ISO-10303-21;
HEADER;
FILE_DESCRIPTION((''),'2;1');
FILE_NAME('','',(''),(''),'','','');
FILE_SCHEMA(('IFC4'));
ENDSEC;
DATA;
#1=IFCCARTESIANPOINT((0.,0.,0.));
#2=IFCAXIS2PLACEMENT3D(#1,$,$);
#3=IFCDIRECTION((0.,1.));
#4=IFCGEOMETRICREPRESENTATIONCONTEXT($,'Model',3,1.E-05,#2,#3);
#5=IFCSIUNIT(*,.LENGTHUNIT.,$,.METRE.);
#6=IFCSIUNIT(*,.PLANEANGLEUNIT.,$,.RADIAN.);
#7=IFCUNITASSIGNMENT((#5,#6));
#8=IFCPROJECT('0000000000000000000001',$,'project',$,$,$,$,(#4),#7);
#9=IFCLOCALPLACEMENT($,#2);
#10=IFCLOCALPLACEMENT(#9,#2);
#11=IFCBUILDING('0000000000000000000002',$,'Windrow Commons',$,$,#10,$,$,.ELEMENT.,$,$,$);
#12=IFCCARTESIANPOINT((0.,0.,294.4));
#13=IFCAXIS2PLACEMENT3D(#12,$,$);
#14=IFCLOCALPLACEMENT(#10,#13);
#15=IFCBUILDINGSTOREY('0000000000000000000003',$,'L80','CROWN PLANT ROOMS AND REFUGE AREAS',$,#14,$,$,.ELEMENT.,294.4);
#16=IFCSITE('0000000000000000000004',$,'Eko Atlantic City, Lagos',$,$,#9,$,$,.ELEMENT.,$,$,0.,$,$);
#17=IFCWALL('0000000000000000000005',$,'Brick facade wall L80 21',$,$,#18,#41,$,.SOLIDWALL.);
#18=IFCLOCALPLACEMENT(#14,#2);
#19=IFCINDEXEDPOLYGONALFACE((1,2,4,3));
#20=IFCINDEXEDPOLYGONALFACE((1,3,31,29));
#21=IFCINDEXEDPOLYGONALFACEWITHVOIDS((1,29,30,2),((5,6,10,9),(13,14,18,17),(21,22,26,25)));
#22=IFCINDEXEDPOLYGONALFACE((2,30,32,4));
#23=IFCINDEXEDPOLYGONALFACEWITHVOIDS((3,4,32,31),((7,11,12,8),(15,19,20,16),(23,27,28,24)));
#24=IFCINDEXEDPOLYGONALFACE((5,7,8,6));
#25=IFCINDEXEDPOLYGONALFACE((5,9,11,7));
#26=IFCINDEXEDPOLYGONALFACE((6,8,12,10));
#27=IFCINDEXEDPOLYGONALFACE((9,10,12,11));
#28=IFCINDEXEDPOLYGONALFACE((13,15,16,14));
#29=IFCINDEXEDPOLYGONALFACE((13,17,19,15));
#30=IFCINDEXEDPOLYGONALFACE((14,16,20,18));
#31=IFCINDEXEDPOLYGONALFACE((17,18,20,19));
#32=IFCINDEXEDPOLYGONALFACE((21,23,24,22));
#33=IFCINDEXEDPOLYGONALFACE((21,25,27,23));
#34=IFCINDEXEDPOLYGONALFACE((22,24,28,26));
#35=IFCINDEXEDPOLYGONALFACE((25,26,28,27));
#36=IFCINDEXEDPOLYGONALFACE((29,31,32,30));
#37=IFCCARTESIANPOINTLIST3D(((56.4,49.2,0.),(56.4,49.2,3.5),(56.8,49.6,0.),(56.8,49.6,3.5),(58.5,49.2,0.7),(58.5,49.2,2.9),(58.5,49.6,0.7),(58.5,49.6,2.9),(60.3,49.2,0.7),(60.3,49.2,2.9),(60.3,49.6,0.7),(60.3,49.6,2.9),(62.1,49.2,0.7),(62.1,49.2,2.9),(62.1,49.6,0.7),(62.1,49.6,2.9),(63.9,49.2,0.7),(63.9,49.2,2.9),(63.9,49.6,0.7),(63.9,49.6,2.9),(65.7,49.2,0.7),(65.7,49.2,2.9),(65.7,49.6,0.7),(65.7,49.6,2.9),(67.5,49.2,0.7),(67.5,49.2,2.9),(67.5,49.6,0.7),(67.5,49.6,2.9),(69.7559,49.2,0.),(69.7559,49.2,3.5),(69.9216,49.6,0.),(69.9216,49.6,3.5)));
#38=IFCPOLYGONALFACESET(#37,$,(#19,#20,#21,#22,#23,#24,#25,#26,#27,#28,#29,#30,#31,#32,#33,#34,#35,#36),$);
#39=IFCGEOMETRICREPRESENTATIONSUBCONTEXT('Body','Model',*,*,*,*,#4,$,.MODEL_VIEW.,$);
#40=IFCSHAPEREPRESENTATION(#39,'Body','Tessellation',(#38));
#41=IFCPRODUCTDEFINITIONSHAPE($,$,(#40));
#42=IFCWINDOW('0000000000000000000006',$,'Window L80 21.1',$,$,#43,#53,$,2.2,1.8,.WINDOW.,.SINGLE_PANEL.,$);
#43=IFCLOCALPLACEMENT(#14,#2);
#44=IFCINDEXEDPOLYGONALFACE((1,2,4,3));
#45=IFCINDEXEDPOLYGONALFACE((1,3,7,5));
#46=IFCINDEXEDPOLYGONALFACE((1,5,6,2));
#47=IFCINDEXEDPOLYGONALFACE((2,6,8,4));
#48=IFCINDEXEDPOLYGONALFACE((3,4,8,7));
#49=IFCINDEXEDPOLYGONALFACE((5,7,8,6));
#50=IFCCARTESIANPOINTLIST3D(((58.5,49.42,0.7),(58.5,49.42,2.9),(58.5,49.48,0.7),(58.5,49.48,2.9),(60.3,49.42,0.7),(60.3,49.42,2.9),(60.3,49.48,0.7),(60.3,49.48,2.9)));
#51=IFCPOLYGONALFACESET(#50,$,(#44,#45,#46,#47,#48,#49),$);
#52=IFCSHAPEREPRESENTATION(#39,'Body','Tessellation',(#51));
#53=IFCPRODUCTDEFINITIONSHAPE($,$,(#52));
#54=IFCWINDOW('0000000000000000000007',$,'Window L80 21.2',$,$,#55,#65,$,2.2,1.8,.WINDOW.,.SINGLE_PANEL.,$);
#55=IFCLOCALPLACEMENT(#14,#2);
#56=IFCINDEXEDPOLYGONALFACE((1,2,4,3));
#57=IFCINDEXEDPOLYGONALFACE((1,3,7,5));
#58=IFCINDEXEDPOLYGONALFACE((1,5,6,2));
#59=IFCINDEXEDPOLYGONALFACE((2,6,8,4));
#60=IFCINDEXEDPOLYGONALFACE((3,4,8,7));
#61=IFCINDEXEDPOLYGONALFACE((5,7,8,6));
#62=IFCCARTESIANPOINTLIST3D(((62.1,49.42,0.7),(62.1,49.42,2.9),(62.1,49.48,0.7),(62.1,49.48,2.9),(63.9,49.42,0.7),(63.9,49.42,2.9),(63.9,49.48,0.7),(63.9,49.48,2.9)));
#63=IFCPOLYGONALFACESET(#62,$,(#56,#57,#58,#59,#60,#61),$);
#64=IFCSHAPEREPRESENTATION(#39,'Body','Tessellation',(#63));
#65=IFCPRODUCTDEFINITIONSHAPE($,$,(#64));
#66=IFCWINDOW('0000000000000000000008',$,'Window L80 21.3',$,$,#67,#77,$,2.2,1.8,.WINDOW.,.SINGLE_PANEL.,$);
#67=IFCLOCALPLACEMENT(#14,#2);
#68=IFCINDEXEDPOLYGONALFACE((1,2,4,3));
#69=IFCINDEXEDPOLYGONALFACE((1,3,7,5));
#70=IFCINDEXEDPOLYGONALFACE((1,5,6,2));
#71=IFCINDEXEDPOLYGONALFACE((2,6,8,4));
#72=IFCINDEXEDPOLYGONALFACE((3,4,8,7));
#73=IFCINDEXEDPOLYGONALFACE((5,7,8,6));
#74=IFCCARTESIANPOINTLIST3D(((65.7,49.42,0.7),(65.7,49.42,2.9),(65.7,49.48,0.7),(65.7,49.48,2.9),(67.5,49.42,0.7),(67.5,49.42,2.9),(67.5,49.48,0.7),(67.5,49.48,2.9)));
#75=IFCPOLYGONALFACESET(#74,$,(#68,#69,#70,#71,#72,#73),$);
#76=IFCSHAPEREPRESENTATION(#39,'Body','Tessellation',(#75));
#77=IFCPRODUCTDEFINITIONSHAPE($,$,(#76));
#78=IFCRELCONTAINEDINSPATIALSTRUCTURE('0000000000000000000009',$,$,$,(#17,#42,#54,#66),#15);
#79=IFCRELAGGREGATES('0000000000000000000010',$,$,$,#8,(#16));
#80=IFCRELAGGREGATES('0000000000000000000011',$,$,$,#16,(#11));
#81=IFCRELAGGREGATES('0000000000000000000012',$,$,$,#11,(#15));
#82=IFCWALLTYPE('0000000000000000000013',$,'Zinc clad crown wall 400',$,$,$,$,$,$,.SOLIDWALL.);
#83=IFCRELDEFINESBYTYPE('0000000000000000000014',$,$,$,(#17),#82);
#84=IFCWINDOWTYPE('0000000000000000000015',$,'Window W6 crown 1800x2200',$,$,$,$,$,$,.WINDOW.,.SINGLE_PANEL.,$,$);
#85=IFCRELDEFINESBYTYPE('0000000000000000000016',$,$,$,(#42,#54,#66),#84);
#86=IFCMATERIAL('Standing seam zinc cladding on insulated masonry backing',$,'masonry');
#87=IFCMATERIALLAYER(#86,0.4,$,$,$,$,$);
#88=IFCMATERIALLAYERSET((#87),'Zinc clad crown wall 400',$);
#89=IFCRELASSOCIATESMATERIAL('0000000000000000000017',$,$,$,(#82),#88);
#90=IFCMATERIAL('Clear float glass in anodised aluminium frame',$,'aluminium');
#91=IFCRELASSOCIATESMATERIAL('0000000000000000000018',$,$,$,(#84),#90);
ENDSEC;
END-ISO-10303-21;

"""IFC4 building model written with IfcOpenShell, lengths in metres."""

from ifc_helpers import new_model, si_unit, direction, frame, frame_2d, origin, place, context, subcontext, project, spatial, polyline, rectangle, outline, extrude, material, layer, layer_set, type_object, element, fill, save


model = new_model("IFC4")

# Units and contexts
model_context = context("Model", 3, precision=1e-05, world=origin(), true_north=direction((0.0, 1.0)))
body_context = subcontext(model_context, "Body", "Model", "MODEL_VIEW")
ifc_project = project(units=[si_unit("LENGTHUNIT", "METRE"), si_unit("PLANEANGLEUNIT", "RADIAN")], contexts=[model_context])

# Site, building, storey
site_placement = place(None, origin())
site = spatial("IfcSite", under=ifc_project, at=site_placement, Name="Eko Atlantic City, Lagos", CompositionType="ELEMENT", RefElevation=0.0)
building_placement = place(site_placement, origin())
building = spatial("IfcBuilding", under=site, at=building_placement, Name="Windrow Commons", CompositionType="ELEMENT")
storey_placement = place(building_placement, frame((0.0, 0.0, 294.4)))
storey = spatial("IfcBuildingStorey", under=building, at=storey_placement, Name="L80", Description="CROWN PLANT ROOMS AND REFUGE AREAS", CompositionType="ELEMENT", Elevation=294.4)

# Wall, openings, windows
ifc_material_1 = material(Name="Standing seam zinc cladding on insulated masonry backing", Category="masonry")
ifc_layer_1 = layer(ifc_material_1, 0.4)
ifc_layer_set_1 = layer_set([ifc_layer_1], Name="Zinc clad crown wall 400")
wall_type_1 = type_object("IfcWallType", Name="Zinc clad crown wall 400", PredefinedType="SOLIDWALL", material=ifc_layer_set_1)
ifc_material_2 = material(Name="Clear float glass in anodised aluminium frame", Category="aluminium")
window_type = type_object("IfcWindowType", Name="Window W6 crown 1800x2200", PartitioningType="SINGLE_PANEL", PredefinedType="WINDOW", material=ifc_material_2)
wall_1_placement = place(storey_placement, frame((56.6, 49.4, 0.0), z_axis=(0.0, 0.0, 1.0), x_axis=(1.0, 0.0, 0.0)))
wall_1 = element("IfcWall", 1, at=wall_1_placement, inside=storey, type_object=wall_type_1, Name="Brick facade wall L80 21", PredefinedType="SOLIDWALL", context=body_context, shape_type="SweptSolid", body=[
    extrude(outline(polyline([(-0.2, -0.2), (13.1559, -0.2), (13.3216, 0.2), (0.2, 0.2), (-0.2, -0.2)])), origin(), (0.0, 0.0, 1.0), 3.5),
])
opening_1_placement = place(wall_1_placement, frame((1.9, 0.0, 0.7)))
opening_1 = element("IfcOpeningElement", 2, at=opening_1_placement, cuts=wall_1, PredefinedType="OPENING", context=body_context, shape_type="SweptSolid", body=[
    extrude(rectangle(XDim=1.8, YDim=2.2, at=frame_2d((0.9, 1.1))), frame((0.0, 0.21, 0.0), z_axis=(0.0, -1.0, 0.0), x_axis=(1.0, 0.0, 0.0)), (0.0, 0.0, 1.0), 0.42),
])
opening_2_placement = place(wall_1_placement, frame((5.5, 0.0, 0.7)))
opening_2 = element("IfcOpeningElement", 3, at=opening_2_placement, cuts=wall_1, PredefinedType="OPENING", context=body_context, shape_type="SweptSolid", body=[
    extrude(rectangle(XDim=1.8, YDim=2.2, at=frame_2d((0.9, 1.1))), frame((0.0, 0.21, 0.0), z_axis=(0.0, -1.0, 0.0), x_axis=(1.0, 0.0, 0.0)), (0.0, 0.0, 1.0), 0.42),
])
opening_3_placement = place(wall_1_placement, frame((9.1, 0.0, 0.7)))
opening_3 = element("IfcOpeningElement", 4, at=opening_3_placement, cuts=wall_1, PredefinedType="OPENING", context=body_context, shape_type="SweptSolid", body=[
    extrude(rectangle(XDim=1.8, YDim=2.2, at=frame_2d((0.9, 1.1))), frame((0.0, 0.21, 0.0), z_axis=(0.0, -1.0, 0.0), x_axis=(1.0, 0.0, 0.0)), (0.0, 0.0, 1.0), 0.42),
])
window_1_placement = place(opening_1_placement, origin())
window_1 = element("IfcWindow", 5, at=window_1_placement, inside=storey, type_object=window_type, Name="Window L80 21.1", OverallHeight=2.2, OverallWidth=1.8, PartitioningType="SINGLE_PANEL", PredefinedType="WINDOW", context=body_context, shape_type="SweptSolid", body=[
    extrude(rectangle(XDim=1.8, YDim=2.2, at=frame_2d((0.9, 1.1))), frame((0.0, 0.08, 0.0), z_axis=(0.0, -1.0, 0.0), x_axis=(1.0, 0.0, 0.0)), (0.0, 0.0, 1.0), 0.06),
])
fill(opening_1, window_1)
window_2_placement = place(opening_2_placement, origin())
window_2 = element("IfcWindow", 6, at=window_2_placement, inside=storey, type_object=window_type, Name="Window L80 21.2", OverallHeight=2.2, OverallWidth=1.8, PartitioningType="SINGLE_PANEL", PredefinedType="WINDOW", context=body_context, shape_type="SweptSolid", body=[
    extrude(rectangle(XDim=1.8, YDim=2.2, at=frame_2d((0.9, 1.1))), frame((0.0, 0.08, 0.0), z_axis=(0.0, -1.0, 0.0), x_axis=(1.0, 0.0, 0.0)), (0.0, 0.0, 1.0), 0.06),
])
fill(opening_2, window_2)
window_3_placement = place(opening_3_placement, origin())
window_3 = element("IfcWindow", 7, at=window_3_placement, inside=storey, type_object=window_type, Name="Window L80 21.3", OverallHeight=2.2, OverallWidth=1.8, PartitioningType="SINGLE_PANEL", PredefinedType="WINDOW", context=body_context, shape_type="SweptSolid", body=[
    extrude(rectangle(XDim=1.8, YDim=2.2, at=frame_2d((0.9, 1.1))), frame((0.0, 0.08, 0.0), z_axis=(0.0, -1.0, 0.0), x_axis=(1.0, 0.0, 0.0)), (0.0, 0.0, 1.0), 0.06),
])
fill(opening_3, window_3)

save(model, "model.ifc")
